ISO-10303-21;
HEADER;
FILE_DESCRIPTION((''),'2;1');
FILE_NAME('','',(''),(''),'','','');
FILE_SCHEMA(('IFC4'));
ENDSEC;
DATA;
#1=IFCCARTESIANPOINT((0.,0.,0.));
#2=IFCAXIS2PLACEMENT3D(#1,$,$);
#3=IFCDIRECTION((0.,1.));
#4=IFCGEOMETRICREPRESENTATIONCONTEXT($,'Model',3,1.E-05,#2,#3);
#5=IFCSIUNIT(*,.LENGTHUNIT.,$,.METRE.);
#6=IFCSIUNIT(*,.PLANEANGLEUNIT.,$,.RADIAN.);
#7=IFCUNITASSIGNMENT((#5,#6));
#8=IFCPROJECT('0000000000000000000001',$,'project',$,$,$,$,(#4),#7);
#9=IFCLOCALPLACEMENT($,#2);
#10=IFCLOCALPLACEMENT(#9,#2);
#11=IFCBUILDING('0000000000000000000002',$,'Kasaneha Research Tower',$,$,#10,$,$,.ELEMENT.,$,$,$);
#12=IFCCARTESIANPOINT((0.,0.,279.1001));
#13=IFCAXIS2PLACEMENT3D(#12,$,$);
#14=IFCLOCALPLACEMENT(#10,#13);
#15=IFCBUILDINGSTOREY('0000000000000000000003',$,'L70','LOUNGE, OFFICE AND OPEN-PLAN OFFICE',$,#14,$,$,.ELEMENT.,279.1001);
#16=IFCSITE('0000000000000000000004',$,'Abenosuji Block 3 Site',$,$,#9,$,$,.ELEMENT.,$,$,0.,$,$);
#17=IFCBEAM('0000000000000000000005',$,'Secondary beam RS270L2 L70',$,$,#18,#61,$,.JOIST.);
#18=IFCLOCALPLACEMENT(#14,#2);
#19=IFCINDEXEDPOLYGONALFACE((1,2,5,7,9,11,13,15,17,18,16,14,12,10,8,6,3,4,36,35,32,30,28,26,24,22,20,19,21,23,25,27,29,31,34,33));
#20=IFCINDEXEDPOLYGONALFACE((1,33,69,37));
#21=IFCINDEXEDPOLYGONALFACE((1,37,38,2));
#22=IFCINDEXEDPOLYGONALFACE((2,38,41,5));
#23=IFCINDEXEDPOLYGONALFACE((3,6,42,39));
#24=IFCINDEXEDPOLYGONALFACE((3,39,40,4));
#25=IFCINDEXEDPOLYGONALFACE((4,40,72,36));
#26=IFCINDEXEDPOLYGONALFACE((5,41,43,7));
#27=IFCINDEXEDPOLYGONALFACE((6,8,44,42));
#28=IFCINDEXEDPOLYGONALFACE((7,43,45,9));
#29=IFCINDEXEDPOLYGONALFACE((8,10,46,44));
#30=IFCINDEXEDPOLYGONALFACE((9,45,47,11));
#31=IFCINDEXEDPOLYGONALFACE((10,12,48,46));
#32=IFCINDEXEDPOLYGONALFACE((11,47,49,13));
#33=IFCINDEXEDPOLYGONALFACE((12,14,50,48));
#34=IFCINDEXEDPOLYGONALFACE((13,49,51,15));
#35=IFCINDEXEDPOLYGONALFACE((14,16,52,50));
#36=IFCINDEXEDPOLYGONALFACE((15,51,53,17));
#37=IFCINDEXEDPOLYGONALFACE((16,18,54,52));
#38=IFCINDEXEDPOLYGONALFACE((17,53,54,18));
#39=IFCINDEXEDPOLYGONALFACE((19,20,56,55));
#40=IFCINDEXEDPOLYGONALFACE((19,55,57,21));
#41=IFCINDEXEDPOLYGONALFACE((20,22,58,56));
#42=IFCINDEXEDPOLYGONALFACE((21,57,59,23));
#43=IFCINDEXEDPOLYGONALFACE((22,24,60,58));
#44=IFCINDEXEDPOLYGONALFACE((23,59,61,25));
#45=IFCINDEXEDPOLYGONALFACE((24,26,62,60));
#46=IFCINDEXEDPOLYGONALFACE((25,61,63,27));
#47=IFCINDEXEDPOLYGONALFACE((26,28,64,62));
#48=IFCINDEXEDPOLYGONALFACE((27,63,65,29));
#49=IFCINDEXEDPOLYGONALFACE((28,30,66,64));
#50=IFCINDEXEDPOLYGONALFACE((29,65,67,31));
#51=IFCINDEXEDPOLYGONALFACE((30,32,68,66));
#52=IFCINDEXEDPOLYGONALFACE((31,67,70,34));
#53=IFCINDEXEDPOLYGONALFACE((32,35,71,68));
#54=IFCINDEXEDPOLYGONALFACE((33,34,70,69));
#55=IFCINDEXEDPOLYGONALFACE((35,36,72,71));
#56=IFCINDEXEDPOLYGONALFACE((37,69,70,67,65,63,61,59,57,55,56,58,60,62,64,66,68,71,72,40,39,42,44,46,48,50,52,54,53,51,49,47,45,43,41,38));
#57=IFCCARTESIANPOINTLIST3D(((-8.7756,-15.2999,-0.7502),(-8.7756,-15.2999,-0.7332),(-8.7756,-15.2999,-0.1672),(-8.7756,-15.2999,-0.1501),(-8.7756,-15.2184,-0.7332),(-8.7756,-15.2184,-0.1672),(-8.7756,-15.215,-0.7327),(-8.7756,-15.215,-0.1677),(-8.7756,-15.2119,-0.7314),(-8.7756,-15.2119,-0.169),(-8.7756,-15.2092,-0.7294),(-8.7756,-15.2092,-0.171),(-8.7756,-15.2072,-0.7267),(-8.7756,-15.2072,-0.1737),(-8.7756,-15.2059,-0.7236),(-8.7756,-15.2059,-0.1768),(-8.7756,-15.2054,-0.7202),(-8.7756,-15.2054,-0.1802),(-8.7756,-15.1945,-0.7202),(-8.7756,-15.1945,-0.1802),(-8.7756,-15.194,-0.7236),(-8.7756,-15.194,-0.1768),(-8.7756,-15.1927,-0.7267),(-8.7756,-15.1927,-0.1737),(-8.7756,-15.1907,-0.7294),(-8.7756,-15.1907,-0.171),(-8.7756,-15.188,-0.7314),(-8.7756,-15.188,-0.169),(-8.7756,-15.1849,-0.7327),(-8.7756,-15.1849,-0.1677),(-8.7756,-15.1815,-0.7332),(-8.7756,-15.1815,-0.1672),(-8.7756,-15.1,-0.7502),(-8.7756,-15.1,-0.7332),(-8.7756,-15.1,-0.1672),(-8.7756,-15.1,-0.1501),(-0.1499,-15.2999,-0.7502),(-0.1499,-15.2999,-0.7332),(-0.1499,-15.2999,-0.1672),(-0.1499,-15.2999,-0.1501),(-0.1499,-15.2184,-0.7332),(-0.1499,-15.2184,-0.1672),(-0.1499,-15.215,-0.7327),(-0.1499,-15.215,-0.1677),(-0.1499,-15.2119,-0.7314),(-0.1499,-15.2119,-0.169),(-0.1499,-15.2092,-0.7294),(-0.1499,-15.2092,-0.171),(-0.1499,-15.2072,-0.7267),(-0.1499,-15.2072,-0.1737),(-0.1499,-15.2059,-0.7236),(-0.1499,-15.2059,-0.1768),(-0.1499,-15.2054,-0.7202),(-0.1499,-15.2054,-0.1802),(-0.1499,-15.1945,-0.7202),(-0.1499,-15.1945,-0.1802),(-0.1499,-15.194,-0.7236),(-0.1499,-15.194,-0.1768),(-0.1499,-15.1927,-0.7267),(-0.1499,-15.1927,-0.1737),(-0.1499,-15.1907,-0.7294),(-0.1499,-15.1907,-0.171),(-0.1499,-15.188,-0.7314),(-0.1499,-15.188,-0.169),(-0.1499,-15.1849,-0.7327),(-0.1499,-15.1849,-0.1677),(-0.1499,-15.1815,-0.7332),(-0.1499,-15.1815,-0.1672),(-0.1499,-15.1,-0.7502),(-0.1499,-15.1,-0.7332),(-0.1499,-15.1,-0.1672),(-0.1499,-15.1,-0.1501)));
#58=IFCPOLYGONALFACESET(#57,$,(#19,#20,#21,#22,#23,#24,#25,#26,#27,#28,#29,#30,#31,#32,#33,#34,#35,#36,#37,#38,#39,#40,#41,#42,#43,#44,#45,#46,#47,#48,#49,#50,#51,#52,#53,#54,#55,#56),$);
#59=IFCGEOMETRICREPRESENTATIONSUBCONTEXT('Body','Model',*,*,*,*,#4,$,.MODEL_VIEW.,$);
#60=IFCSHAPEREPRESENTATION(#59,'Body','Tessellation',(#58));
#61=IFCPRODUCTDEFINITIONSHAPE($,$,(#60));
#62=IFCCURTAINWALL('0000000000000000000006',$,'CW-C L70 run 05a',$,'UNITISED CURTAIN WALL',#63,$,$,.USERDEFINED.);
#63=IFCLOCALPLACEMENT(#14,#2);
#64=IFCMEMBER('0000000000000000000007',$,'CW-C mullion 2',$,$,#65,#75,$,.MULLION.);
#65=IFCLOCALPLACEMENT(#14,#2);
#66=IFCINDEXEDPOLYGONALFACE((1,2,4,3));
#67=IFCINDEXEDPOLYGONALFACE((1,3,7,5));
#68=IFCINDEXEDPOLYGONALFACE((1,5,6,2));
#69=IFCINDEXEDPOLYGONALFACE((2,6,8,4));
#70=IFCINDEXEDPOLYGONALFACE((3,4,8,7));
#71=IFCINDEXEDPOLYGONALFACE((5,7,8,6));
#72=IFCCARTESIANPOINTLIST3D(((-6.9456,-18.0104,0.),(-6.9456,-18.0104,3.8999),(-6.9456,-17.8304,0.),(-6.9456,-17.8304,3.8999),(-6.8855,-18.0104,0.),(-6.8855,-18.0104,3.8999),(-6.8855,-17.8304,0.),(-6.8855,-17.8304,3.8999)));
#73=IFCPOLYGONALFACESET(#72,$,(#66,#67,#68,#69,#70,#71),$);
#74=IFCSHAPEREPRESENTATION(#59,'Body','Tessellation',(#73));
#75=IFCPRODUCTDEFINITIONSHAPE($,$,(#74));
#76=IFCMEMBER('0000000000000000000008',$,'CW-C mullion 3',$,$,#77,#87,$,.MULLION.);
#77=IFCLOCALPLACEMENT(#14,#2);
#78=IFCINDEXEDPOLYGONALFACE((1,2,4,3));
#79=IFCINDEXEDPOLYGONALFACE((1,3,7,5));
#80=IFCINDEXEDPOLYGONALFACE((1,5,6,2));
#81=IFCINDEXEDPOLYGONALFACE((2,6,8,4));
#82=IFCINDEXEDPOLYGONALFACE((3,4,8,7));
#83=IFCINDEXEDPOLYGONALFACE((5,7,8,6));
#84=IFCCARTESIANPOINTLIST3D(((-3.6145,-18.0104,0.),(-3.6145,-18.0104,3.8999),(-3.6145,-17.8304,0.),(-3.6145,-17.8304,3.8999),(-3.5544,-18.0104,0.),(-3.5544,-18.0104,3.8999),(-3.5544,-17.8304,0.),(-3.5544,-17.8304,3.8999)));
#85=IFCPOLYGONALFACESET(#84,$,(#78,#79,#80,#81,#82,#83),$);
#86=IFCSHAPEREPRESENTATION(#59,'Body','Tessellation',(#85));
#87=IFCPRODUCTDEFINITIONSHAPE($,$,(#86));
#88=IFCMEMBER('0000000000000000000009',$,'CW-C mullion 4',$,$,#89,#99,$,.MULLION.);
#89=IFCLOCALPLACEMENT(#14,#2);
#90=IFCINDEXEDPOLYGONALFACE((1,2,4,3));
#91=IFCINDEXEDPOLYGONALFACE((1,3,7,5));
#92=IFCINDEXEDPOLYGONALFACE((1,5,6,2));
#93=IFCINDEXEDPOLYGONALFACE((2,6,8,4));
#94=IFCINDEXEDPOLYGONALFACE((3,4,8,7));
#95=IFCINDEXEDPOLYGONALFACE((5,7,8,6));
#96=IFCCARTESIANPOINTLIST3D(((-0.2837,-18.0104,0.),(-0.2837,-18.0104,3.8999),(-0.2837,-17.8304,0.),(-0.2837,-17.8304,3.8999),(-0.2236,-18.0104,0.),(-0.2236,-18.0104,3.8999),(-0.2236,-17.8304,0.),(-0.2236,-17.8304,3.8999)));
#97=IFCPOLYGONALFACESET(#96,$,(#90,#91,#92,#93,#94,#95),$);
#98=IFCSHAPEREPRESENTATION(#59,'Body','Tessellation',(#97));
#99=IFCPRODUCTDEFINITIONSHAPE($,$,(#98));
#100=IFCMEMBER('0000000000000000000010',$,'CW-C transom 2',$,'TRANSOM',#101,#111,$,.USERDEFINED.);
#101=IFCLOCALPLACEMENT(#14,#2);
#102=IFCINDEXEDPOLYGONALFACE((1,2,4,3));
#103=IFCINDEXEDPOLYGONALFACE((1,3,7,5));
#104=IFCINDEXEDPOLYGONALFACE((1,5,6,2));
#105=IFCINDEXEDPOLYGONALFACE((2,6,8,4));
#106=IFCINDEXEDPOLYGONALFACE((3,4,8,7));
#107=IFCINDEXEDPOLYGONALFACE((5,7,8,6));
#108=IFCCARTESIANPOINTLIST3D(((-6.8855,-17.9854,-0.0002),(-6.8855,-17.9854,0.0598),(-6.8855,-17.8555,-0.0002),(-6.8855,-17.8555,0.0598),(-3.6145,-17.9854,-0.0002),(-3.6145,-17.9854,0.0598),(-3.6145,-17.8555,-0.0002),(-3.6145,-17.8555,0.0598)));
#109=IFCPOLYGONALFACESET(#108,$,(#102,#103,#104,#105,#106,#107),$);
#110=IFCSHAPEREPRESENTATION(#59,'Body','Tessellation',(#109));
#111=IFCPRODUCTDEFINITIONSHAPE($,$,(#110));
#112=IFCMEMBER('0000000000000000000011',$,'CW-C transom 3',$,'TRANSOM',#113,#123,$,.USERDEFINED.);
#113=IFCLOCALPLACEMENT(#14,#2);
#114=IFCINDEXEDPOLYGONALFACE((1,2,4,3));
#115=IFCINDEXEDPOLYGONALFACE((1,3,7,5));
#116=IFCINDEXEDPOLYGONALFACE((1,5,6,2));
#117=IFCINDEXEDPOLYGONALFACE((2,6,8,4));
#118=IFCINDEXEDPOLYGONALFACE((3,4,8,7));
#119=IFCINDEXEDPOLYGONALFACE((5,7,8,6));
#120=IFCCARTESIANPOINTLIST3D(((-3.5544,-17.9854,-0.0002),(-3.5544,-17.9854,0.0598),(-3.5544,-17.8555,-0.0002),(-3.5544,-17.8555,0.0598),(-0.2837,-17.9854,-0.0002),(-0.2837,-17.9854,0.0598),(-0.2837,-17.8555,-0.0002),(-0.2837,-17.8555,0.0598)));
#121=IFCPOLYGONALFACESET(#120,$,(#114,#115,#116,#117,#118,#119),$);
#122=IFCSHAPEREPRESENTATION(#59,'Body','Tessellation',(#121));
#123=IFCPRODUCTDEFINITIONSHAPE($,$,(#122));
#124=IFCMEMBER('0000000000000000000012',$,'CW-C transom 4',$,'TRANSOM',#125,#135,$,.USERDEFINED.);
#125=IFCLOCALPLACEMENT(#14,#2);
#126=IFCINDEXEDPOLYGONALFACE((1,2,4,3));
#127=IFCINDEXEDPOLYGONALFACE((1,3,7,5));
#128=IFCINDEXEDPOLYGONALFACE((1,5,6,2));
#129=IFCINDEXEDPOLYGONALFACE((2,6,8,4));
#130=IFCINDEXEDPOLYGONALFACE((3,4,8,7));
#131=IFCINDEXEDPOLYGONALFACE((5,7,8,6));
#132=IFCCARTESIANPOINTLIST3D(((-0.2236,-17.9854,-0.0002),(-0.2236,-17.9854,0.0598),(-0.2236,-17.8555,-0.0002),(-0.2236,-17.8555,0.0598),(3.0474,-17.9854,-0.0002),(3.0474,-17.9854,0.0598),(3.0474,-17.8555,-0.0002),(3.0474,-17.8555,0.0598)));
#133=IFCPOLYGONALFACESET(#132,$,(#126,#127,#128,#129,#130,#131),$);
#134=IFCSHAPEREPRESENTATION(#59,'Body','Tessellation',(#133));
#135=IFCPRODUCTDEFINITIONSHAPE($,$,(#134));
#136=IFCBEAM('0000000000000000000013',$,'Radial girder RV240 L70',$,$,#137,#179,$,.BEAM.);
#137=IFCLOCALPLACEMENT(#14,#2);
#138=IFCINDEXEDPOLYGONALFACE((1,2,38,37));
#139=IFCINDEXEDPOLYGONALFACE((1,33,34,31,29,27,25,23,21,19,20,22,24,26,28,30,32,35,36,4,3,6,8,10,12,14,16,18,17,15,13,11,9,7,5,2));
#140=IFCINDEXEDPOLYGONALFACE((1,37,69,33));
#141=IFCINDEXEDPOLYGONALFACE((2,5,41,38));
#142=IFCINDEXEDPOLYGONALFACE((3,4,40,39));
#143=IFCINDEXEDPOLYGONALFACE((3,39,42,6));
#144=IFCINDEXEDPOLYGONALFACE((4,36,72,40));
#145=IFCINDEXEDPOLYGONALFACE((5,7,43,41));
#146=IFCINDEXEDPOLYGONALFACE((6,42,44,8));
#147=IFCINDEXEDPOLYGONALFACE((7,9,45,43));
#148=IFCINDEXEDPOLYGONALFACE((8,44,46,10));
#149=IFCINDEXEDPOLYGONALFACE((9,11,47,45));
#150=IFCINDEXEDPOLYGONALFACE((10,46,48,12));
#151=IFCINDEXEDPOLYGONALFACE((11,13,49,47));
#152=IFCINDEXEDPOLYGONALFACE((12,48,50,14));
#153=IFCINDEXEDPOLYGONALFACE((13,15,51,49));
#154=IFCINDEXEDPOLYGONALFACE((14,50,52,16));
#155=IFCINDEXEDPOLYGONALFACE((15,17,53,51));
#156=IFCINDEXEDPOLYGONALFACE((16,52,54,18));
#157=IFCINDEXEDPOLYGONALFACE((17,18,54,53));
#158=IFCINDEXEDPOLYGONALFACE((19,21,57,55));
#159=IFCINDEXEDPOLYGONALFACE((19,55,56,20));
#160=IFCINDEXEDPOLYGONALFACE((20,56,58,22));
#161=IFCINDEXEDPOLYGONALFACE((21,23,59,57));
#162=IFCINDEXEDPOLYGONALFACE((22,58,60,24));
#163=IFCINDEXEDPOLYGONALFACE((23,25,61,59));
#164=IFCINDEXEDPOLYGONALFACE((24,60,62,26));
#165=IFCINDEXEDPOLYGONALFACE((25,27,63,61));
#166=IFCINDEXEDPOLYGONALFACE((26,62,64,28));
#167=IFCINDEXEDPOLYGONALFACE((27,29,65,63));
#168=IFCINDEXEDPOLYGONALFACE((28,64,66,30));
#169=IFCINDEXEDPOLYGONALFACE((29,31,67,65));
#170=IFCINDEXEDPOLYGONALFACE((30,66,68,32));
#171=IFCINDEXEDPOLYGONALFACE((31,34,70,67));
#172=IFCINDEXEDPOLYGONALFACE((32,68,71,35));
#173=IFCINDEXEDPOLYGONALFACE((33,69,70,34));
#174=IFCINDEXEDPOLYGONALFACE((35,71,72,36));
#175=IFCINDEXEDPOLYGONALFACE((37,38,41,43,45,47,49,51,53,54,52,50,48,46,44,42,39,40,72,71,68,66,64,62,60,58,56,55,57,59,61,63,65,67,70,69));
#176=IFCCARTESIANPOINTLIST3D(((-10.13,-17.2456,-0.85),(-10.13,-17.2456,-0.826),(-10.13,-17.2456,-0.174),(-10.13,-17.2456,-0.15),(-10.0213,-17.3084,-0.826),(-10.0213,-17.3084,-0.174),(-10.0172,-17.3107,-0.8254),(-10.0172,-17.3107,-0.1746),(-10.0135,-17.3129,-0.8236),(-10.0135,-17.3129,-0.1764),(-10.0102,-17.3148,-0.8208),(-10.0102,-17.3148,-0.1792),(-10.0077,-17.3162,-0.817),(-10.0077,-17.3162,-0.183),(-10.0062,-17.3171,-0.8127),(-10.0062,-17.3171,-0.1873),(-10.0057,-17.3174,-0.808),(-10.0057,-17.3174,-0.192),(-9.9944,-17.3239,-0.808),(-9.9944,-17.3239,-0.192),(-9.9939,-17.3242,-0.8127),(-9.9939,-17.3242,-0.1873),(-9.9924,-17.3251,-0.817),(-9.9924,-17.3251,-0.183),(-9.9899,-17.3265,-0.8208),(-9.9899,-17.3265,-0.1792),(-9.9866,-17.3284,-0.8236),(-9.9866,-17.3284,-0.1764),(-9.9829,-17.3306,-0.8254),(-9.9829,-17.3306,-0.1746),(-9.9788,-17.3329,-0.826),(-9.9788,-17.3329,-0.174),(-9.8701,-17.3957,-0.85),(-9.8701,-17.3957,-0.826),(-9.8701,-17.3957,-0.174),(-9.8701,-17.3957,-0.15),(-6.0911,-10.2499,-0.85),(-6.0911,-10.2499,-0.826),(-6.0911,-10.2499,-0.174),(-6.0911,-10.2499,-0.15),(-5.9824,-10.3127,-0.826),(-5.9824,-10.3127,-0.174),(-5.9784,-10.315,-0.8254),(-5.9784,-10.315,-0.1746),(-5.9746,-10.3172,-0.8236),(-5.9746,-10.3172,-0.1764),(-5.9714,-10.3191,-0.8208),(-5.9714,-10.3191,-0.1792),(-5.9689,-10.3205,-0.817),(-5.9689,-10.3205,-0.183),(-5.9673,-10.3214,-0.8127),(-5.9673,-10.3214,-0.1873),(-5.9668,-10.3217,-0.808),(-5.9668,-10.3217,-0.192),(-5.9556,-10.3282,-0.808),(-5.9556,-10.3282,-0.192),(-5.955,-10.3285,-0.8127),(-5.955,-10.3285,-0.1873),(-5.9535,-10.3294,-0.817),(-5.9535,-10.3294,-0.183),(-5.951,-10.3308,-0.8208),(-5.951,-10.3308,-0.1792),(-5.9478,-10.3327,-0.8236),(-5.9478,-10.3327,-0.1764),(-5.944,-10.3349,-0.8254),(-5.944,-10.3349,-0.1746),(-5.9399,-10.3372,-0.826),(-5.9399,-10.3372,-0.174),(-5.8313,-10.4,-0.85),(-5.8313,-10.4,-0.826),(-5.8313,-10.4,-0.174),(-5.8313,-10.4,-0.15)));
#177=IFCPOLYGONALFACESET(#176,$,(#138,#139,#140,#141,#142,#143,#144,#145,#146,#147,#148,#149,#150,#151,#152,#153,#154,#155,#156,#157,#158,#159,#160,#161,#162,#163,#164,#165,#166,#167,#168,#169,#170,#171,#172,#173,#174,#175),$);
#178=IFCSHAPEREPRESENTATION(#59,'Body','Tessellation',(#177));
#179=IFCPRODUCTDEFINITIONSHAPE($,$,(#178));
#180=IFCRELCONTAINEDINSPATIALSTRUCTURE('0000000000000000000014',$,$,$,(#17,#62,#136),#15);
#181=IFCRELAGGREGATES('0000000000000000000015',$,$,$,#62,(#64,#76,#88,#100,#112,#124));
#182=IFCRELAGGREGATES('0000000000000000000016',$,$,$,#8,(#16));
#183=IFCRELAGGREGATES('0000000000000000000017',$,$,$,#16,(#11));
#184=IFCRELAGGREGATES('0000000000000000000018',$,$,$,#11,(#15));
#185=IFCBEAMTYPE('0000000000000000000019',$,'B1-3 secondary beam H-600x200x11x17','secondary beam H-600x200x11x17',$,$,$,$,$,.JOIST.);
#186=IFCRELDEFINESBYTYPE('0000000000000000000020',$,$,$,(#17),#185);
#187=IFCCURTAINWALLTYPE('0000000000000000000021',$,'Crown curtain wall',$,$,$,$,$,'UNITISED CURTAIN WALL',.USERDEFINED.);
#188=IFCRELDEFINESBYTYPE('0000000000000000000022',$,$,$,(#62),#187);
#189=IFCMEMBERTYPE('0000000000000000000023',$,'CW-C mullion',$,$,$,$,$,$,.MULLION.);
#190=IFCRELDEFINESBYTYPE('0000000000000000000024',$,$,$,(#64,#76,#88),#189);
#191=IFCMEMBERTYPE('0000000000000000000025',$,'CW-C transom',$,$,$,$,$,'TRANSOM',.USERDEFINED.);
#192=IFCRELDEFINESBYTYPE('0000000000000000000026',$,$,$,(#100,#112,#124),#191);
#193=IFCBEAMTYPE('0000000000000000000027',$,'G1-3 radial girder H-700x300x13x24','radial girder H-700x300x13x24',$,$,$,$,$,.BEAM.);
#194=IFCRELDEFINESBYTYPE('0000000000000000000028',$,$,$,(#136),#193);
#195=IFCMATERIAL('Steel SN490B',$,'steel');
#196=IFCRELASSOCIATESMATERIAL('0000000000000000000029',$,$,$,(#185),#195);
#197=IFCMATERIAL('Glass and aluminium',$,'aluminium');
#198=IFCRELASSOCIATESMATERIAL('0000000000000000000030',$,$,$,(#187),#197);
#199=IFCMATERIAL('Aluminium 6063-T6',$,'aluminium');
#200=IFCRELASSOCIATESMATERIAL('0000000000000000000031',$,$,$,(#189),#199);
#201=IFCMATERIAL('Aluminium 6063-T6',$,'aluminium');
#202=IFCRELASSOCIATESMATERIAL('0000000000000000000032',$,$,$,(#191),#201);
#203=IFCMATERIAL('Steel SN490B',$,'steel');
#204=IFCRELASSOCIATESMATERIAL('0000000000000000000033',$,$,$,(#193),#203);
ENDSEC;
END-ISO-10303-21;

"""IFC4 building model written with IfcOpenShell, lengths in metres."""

from ifc_helpers import new_model, si_unit, direction, frame, origin, origin_2d, place, context, subcontext, project, spatial, rectangle, i_section, extrude, material, material_profile, profile_set, type_object, element, aggregate, save


model = new_model("IFC4")

# Units and contexts
model_context = context("Model", 3, precision=1e-05, world=origin(), true_north=direction((0.0, 1.0)))
body_context = subcontext(model_context, "Body", "Model", "MODEL_VIEW")
ifc_project = project(units=[si_unit("LENGTHUNIT", "METRE"), si_unit("PLANEANGLEUNIT", "RADIAN")], contexts=[model_context])

# Site, building, storey
site_placement = place(None, origin())
site = spatial("IfcSite", under=ifc_project, at=site_placement, Name="Abenosuji Block 3 Site", CompositionType="ELEMENT", RefElevation=0.0)
building_placement = place(site_placement, origin())
building = spatial("IfcBuilding", under=site, at=building_placement, Name="Kasaneha Research Tower", CompositionType="ELEMENT")
storey_placement = place(building_placement, frame((0.0, 0.0, 279.1001)))
storey = spatial("IfcBuildingStorey", under=building, at=storey_placement, Name="L70", Description="LOUNGE, OFFICE AND OPEN-PLAN OFFICE", CompositionType="ELEMENT", Elevation=279.1001)

# Beam
ifc_material_1 = material(Name="Steel SN490B", Category="steel")
ifc_material_profile_1 = material_profile(ifc_material_1, i_section(OverallWidth=0.2, OverallDepth=0.6001, WebThickness=0.011, FlangeThickness=0.0171, FilletRadius=0.0129, at=origin_2d()), Name="H-600x200x11x17")
ifc_profile_set_1 = profile_set([ifc_material_profile_1], Name="Steel SN490B")
beam_type_1 = type_object("IfcBeamType", Name="B1-3 secondary beam H-600x200x11x17", Description="secondary beam H-600x200x11x17", PredefinedType="JOIST", material=ifc_profile_set_1)
beam_1_placement = place(storey_placement, frame((-8.7756, -15.2, -0.4502), z_axis=(1.0, 0.0, 0.0), x_axis=(0.0, 1.0, 0.0)))
element("IfcBeam", 1, at=beam_1_placement, inside=storey, type_object=beam_type_1, Name="Secondary beam RS270L2 L70", PredefinedType="JOIST", context=body_context, shape_type="SweptSolid", body=[
    extrude(i_section(OverallWidth=0.2, OverallDepth=0.6001, WebThickness=0.011, FlangeThickness=0.0171, FilletRadius=0.0129, at=origin_2d()), origin(), (0.0, 0.0, 1.0), 8.6257),
])

# Curtain wall, members
ifc_material_2 = material(Name="Glass and aluminium", Category="aluminium")
curtain_wall_type = type_object("IfcCurtainWallType", Name="Crown curtain wall", ElementType="UNITISED CURTAIN WALL", PredefinedType="USERDEFINED", material=ifc_material_2)
curtain_wall_placement = place(storey_placement, origin())
curtain_wall = element("IfcCurtainWall", 2, at=curtain_wall_placement, inside=storey, type_object=curtain_wall_type, Name="CW-C L70 run 05a", ObjectType="UNITISED CURTAIN WALL", PredefinedType="USERDEFINED")
ifc_material_3 = material(Name="Aluminium 6063-T6", Category="aluminium")
ifc_material_profile_2 = material_profile(ifc_material_3, rectangle(XDim=0.0601, YDim=0.1799, at=origin_2d()), Name="CW-C mullion 60x180")
ifc_profile_set_2 = profile_set([ifc_material_profile_2], Name="Aluminium 6063-T6")
member_type_1 = type_object("IfcMemberType", Name="CW-C mullion", PredefinedType="MULLION", material=ifc_profile_set_2)
member_1_placement = place(storey_placement, frame((-6.9155, -17.9204, 0.0), z_axis=(0.0, 0.0, 1.0), x_axis=(1.0, 0.0, 0.0)))
member_1 = element("IfcMember", 3, at=member_1_placement, type_object=member_type_1, Name="CW-C mullion 2", PredefinedType="MULLION", context=body_context, shape_type="SweptSolid", body=[
    extrude(rectangle(XDim=0.0601, YDim=0.1799, at=origin_2d()), origin(), (0.0, 0.0, 1.0), 3.8999),
])
member_2_placement = place(storey_placement, frame((-3.5845, -17.9204, 0.0), z_axis=(0.0, 0.0, 1.0), x_axis=(1.0, 0.0, 0.0)))
member_2 = element("IfcMember", 4, at=member_2_placement, type_object=member_type_1, Name="CW-C mullion 3", PredefinedType="MULLION", context=body_context, shape_type="SweptSolid", body=[
    extrude(rectangle(XDim=0.0601, YDim=0.1799, at=origin_2d()), origin(), (0.0, 0.0, 1.0), 3.8999),
])
member_3_placement = place(storey_placement, frame((-0.2537, -17.9204, 0.0), z_axis=(0.0, 0.0, 1.0), x_axis=(1.0, 0.0, 0.0)))
member_3 = element("IfcMember", 5, at=member_3_placement, type_object=member_type_1, Name="CW-C mullion 4", PredefinedType="MULLION", context=body_context, shape_type="SweptSolid", body=[
    extrude(rectangle(XDim=0.0601, YDim=0.1799, at=origin_2d()), origin(), (0.0, 0.0, 1.0), 3.8999),
])
ifc_material_4 = material(Name="Aluminium 6063-T6", Category="aluminium")
ifc_material_profile_3 = material_profile(ifc_material_4, rectangle(XDim=0.1299, YDim=0.0601, at=origin_2d()), Name="CW-C transom 130x60")
ifc_profile_set_3 = profile_set([ifc_material_profile_3], Name="Aluminium 6063-T6")
member_type_2 = type_object("IfcMemberType", Name="CW-C transom", ElementType="TRANSOM", PredefinedType="USERDEFINED", material=ifc_profile_set_3)
member_4_placement = place(storey_placement, frame((-6.8855, -17.9204, 0.0298), z_axis=(1.0, 0.0, 0.0), x_axis=(0.0, 1.0, 0.0)))
member_4 = element("IfcMember", 6, at=member_4_placement, type_object=member_type_2, Name="CW-C transom 2", ObjectType="TRANSOM", PredefinedType="USERDEFINED", context=body_context, shape_type="SweptSolid", body=[
    extrude(rectangle(XDim=0.1299, YDim=0.0601, at=origin_2d()), origin(), (0.0, 0.0, 1.0), 3.271),
])
member_5_placement = place(storey_placement, frame((-3.5544, -17.9204, 0.0298), z_axis=(1.0, 0.0, 0.0), x_axis=(0.0, 1.0, 0.0)))
member_5 = element("IfcMember", 7, at=member_5_placement, type_object=member_type_2, Name="CW-C transom 3", ObjectType="TRANSOM", PredefinedType="USERDEFINED", context=body_context, shape_type="SweptSolid", body=[
    extrude(rectangle(XDim=0.1299, YDim=0.0601, at=origin_2d()), origin(), (0.0, 0.0, 1.0), 3.2708),
])
member_6_placement = place(storey_placement, frame((-0.2236, -17.9204, 0.0298), z_axis=(1.0, 0.0, 0.0), x_axis=(0.0, 1.0, 0.0)))
member_6 = element("IfcMember", 8, at=member_6_placement, type_object=member_type_2, Name="CW-C transom 4", ObjectType="TRANSOM", PredefinedType="USERDEFINED", context=body_context, shape_type="SweptSolid", body=[
    extrude(rectangle(XDim=0.1299, YDim=0.0601, at=origin_2d()), origin(), (0.0, 0.0, 1.0), 3.271),
])

# Beam
ifc_material_5 = material(Name="Steel SN490B", Category="steel")
ifc_material_profile_4 = material_profile(ifc_material_5, i_section(OverallWidth=0.3, OverallDepth=0.7, WebThickness=0.0129, FlangeThickness=0.0239, FilletRadius=0.0181, at=origin_2d()), Name="H-700x300x13x24")
ifc_profile_set_4 = profile_set([ifc_material_profile_4], Name="Steel SN490B")
beam_type_2 = type_object("IfcBeamType", Name="G1-3 radial girder H-700x300x13x24", Description="radial girder H-700x300x13x24", PredefinedType="BEAM", material=ifc_profile_set_4)
beam_2_placement = place(storey_placement, frame((-5.9612, -10.325, -0.5), z_axis=(-0.499991, -0.866031, 0.0), x_axis=(0.866031, -0.499991, 0.0)))
element("IfcBeam", 9, at=beam_2_placement, inside=storey, type_object=beam_type_2, Name="Radial girder RV240 L70", PredefinedType="BEAM", context=body_context, shape_type="SweptSolid", body=[
    extrude(i_section(OverallWidth=0.3, OverallDepth=0.7, WebThickness=0.0129, FlangeThickness=0.0239, FilletRadius=0.0181, at=origin_2d()), origin(), (0.0, 0.0, 1.0), 8.0779),
])

aggregate(curtain_wall, [member_1, member_2, member_3, member_4, member_5, member_6])

save(model, "model.ifc")
